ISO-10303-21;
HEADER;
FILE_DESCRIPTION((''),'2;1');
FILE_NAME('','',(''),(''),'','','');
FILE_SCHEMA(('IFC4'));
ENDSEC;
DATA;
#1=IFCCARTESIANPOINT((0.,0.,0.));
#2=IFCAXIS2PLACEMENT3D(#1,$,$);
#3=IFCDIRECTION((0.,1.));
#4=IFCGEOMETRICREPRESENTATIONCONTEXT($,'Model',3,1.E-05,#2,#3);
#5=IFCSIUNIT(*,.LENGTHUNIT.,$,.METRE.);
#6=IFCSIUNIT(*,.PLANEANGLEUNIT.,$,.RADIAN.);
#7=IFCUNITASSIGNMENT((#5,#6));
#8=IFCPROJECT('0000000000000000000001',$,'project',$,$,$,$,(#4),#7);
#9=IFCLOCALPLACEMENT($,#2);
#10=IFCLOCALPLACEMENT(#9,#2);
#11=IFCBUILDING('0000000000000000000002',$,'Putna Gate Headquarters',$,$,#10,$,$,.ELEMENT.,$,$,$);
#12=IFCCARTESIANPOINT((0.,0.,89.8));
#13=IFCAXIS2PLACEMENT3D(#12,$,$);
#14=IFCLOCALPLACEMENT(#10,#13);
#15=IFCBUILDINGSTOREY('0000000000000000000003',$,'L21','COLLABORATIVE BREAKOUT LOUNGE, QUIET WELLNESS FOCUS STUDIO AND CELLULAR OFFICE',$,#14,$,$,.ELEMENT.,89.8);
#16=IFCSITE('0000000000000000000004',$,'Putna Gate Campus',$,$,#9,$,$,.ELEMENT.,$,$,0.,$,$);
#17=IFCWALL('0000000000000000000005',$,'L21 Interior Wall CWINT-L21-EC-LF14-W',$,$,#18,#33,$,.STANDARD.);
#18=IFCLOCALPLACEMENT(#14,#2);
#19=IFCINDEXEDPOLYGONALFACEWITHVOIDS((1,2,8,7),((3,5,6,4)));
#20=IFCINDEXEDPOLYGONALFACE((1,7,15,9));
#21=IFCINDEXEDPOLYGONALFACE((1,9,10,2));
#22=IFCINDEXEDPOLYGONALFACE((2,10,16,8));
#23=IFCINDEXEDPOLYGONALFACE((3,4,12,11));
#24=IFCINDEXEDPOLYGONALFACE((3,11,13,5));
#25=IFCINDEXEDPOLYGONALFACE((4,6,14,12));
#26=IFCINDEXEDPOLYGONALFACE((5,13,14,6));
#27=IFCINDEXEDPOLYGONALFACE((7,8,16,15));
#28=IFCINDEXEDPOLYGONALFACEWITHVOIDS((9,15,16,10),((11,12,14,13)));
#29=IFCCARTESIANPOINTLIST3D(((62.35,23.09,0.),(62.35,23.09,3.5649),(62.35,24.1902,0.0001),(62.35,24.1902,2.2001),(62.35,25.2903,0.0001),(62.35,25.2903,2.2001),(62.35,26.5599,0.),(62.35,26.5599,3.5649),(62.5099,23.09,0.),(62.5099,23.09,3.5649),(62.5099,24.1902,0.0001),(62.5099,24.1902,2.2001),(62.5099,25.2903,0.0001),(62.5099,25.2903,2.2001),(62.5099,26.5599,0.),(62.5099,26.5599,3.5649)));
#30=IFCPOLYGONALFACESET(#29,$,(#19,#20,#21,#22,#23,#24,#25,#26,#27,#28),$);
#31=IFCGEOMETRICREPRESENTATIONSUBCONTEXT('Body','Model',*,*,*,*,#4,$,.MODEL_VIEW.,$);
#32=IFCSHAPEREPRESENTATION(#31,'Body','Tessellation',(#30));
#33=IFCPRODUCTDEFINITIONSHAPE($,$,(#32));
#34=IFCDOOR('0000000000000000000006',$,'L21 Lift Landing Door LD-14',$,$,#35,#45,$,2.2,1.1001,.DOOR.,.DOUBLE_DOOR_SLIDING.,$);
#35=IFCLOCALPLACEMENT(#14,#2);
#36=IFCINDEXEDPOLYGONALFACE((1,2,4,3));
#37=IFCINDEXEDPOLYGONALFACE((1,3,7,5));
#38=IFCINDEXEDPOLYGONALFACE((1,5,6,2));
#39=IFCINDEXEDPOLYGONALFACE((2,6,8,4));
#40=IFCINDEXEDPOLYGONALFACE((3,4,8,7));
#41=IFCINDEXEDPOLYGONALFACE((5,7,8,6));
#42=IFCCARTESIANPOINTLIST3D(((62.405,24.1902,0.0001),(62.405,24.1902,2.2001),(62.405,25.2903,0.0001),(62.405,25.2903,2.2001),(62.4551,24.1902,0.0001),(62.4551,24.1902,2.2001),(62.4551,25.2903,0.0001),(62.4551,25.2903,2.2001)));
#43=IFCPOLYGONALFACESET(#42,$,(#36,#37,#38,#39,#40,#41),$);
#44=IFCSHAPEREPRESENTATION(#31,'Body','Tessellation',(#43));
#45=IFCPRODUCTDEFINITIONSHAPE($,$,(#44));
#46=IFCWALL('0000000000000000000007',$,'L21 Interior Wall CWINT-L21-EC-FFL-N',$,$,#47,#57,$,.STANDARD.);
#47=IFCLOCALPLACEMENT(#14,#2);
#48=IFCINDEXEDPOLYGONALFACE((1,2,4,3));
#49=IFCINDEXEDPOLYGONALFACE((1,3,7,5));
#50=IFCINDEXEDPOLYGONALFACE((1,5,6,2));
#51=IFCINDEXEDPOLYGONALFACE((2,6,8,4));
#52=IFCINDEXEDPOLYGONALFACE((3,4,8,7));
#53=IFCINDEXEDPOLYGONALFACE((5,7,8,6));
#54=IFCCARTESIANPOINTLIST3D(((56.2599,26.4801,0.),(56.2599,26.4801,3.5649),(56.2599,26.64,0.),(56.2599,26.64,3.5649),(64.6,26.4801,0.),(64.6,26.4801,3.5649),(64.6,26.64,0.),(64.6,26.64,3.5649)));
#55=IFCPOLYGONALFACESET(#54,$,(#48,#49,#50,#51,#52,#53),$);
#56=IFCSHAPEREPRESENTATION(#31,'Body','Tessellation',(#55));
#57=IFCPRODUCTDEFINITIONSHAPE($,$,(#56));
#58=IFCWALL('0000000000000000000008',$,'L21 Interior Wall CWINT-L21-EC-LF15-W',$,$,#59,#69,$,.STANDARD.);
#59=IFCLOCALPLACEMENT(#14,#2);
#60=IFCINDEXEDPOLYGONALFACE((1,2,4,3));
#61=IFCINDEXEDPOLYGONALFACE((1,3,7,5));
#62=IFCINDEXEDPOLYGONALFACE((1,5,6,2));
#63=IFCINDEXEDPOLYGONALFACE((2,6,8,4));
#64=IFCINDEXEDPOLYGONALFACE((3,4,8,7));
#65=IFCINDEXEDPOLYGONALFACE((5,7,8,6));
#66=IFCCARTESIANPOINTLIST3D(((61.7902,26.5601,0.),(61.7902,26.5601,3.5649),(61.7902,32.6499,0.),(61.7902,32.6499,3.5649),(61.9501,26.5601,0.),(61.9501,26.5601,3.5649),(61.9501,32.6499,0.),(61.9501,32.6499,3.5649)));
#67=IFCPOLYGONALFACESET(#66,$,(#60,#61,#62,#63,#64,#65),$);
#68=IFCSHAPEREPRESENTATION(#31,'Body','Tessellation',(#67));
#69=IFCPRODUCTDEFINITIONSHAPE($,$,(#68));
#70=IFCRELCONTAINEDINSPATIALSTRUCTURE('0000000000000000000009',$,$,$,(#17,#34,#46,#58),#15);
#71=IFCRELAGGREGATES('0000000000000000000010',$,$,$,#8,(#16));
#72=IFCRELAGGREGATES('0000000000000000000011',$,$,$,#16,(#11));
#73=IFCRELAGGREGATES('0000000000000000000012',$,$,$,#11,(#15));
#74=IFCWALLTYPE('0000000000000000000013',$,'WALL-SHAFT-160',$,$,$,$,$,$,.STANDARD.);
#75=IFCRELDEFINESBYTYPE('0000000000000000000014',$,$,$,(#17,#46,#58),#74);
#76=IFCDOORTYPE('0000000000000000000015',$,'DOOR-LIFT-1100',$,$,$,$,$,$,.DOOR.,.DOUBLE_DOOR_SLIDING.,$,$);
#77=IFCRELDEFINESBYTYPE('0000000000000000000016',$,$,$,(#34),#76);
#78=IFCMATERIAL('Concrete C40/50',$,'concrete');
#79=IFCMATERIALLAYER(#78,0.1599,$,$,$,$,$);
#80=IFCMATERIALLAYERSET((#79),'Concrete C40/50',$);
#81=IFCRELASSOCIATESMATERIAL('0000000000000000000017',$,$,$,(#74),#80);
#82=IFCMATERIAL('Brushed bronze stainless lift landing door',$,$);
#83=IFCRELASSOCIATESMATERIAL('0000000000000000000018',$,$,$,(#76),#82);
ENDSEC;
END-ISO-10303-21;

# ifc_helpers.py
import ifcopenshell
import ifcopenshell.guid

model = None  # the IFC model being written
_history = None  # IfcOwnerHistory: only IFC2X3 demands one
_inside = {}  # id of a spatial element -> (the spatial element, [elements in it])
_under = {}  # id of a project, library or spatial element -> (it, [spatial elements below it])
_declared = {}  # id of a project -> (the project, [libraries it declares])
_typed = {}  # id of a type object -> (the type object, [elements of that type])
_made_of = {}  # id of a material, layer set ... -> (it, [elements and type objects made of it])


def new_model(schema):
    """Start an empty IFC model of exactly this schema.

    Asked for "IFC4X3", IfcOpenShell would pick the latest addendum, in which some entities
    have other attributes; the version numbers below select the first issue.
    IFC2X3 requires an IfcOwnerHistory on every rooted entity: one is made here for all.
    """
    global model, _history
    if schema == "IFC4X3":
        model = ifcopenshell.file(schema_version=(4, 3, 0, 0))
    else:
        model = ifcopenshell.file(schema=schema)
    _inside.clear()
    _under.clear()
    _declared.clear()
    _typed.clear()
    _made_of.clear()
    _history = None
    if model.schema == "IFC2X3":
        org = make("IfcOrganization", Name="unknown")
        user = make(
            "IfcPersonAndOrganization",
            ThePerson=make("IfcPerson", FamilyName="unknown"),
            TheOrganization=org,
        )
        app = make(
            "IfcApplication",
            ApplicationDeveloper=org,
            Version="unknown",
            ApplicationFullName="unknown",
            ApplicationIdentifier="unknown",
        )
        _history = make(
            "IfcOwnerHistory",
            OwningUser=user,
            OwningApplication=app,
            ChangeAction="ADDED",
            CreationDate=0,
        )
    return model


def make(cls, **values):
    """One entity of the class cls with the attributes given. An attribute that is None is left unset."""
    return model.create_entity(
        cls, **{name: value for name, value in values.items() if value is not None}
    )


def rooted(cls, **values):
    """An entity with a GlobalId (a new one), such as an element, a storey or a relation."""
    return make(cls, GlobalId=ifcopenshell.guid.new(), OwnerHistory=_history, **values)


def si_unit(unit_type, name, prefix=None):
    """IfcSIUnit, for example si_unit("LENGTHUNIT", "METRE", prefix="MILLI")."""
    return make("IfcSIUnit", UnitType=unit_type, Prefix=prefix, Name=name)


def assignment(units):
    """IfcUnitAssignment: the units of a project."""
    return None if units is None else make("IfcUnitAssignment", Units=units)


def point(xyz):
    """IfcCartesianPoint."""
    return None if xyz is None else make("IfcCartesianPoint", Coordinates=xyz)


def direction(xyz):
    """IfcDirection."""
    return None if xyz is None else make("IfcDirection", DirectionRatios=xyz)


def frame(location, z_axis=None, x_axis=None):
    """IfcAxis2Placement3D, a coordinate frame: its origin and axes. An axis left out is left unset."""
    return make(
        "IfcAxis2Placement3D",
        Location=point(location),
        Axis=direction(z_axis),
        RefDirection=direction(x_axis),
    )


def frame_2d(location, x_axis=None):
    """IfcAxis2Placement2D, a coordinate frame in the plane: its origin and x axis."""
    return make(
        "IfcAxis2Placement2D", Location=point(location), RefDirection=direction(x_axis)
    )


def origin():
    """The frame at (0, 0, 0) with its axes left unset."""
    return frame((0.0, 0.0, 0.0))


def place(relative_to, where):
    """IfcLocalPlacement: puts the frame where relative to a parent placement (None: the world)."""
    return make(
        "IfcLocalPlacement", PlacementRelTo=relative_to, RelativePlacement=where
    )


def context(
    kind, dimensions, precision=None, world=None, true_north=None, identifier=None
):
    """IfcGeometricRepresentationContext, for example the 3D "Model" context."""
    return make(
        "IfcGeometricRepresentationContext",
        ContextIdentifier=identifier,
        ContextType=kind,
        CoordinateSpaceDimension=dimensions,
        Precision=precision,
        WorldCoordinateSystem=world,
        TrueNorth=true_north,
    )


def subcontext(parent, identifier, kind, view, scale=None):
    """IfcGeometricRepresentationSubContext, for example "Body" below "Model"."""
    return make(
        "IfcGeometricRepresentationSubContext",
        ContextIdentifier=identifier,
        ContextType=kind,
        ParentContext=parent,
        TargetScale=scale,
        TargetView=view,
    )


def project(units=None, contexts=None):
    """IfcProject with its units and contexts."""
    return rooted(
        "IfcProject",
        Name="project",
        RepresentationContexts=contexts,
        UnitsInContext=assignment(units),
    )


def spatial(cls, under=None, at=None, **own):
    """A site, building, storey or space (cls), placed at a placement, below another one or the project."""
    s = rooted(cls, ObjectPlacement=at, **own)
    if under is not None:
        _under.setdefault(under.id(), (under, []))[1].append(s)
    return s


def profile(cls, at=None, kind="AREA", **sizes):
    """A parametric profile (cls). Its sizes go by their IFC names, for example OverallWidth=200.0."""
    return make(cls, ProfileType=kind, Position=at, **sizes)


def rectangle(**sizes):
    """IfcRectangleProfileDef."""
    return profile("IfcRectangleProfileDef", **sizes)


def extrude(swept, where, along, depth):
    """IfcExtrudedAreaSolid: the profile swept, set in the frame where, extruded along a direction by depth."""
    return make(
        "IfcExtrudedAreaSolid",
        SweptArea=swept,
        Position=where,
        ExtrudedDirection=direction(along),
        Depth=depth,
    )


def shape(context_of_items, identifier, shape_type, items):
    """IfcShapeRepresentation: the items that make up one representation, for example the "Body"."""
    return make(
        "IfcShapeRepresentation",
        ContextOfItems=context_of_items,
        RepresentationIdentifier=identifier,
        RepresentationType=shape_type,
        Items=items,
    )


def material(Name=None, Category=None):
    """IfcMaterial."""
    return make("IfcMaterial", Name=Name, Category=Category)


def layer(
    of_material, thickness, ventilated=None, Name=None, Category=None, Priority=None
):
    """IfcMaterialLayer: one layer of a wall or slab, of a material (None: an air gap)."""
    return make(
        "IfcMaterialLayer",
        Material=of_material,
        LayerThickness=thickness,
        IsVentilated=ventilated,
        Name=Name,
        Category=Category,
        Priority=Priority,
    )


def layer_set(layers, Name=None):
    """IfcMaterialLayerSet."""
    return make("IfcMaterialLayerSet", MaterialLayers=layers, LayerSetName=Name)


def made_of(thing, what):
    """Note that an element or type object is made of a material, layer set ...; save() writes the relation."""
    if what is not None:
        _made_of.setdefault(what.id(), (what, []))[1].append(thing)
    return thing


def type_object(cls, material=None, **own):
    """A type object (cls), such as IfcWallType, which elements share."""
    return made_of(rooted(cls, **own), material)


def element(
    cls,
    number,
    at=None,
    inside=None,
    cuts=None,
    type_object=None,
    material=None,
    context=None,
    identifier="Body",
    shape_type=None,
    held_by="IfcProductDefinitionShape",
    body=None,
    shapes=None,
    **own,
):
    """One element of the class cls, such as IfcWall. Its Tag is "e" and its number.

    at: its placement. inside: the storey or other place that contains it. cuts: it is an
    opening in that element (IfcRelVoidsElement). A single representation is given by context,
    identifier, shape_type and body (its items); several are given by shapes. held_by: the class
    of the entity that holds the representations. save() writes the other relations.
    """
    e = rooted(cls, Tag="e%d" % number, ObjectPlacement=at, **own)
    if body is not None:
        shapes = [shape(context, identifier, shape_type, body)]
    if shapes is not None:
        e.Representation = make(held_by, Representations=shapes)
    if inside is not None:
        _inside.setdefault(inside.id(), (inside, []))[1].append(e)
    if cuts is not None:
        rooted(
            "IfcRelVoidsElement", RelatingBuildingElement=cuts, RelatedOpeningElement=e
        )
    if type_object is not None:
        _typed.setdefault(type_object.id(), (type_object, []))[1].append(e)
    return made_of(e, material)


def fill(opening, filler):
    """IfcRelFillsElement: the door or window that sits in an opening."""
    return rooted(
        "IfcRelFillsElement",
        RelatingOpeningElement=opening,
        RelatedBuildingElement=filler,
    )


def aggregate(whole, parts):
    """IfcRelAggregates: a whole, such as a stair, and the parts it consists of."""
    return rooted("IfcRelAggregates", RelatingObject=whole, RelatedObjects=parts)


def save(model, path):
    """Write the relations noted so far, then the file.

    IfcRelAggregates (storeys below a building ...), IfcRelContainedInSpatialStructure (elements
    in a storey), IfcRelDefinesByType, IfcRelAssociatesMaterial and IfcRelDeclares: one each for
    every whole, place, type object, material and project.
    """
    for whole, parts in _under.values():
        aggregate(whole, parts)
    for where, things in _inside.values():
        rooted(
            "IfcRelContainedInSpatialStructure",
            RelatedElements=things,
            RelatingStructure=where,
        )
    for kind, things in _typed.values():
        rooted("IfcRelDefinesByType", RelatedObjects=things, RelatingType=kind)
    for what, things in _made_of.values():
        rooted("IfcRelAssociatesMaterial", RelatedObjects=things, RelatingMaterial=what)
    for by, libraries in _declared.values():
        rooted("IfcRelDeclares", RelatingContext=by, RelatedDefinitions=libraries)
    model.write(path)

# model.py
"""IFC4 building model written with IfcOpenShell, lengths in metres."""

from ifc_helpers import new_model, si_unit, direction, frame, frame_2d, origin, place, context, subcontext, project, spatial, rectangle, extrude, material, layer, layer_set, type_object, element, fill, save


model = new_model("IFC4")

# Units and contexts
model_context = context("Model", 3, precision=1e-05, world=origin(), true_north=direction((0.0, 1.0)))
body_context = subcontext(model_context, "Body", "Model", "MODEL_VIEW")
ifc_project = project(units=[si_unit("LENGTHUNIT", "METRE"), si_unit("PLANEANGLEUNIT", "RADIAN")], contexts=[model_context])

# Site, building, storey
site_placement = place(None, origin())
site = spatial("IfcSite", under=ifc_project, at=site_placement, Name="Putna Gate Campus", CompositionType="ELEMENT", RefElevation=0.0)
building_placement = place(site_placement, origin())
building = spatial("IfcBuilding", under=site, at=building_placement, Name="Putna Gate Headquarters", CompositionType="ELEMENT")
storey_placement = place(building_placement, frame((0.0, 0.0, 89.8)))
storey = spatial("IfcBuildingStorey", under=building, at=storey_placement, Name="L21", Description="COLLABORATIVE BREAKOUT LOUNGE, QUIET WELLNESS FOCUS STUDIO AND CELLULAR OFFICE", CompositionType="ELEMENT", Elevation=89.8)

# Wall, opening, door
ifc_material_1 = material(Name="Concrete C40/50", Category="concrete")
ifc_layer_1 = layer(ifc_material_1, 0.1599)
ifc_layer_set_1 = layer_set([ifc_layer_1], Name="Concrete C40/50")
wall_type_1 = type_object("IfcWallType", Name="WALL-SHAFT-160", PredefinedType="STANDARD", material=ifc_layer_set_1)
wall_1_placement = place(storey_placement, frame((62.4299, 23.0901, 0.0), z_axis=(0.0, 0.0, 1.0), x_axis=(0.0, 1.0, 0.0)))
wall_1 = element("IfcWall", 1, at=wall_1_placement, inside=storey, type_object=wall_type_1, Name="L21 Interior Wall CWINT-L21-EC-LF14-W", PredefinedType="STANDARD", context=body_context, shape_type="SweptSolid", body=[
    extrude(rectangle(XDim=3.47, YDim=0.1599, at=frame_2d((1.7349, 0.0))), origin(), (0.0, 0.0, 1.0), 3.5649),
])
opening_1_placement = place(wall_1_placement, frame((1.1001, 0.0, 0.0)))
opening_1 = element("IfcOpeningElement", 2, at=opening_1_placement, cuts=wall_1, PredefinedType="OPENING", context=body_context, shape_type="SweptSolid", body=[
    extrude(rectangle(XDim=1.1001, YDim=2.2, at=frame_2d((0.55, 1.1001))), frame((0.0, 0.0898, 0.0), z_axis=(0.0, -1.0, 0.0), x_axis=(1.0, 0.0, 0.0)), (0.0, 0.0, 1.0), 0.1799),
])
ifc_material_2 = material(Name="Brushed bronze stainless lift landing door")
door_type_1 = type_object("IfcDoorType", Name="DOOR-LIFT-1100", OperationType="DOUBLE_DOOR_SLIDING", PredefinedType="DOOR", material=ifc_material_2)
door_1_placement = place(opening_1_placement, origin())
door_1 = element("IfcDoor", 3, at=door_1_placement, inside=storey, type_object=door_type_1, Name="L21 Lift Landing Door LD-14", OperationType="DOUBLE_DOOR_SLIDING", OverallHeight=2.2, OverallWidth=1.1001, PredefinedType="DOOR", context=body_context, shape_type="SweptSolid", body=[
    extrude(rectangle(XDim=1.1001, YDim=2.2, at=frame_2d((0.55, 1.1001))), frame((0.0, 0.0249, 0.0), z_axis=(0.0, -1.0, 0.0), x_axis=(1.0, 0.0, 0.0)), (0.0, 0.0, 1.0), 0.05),
])
fill(opening_1, door_1)

# Walls
wall_2_placement = place(storey_placement, frame((56.26, 26.5601, 0.0), z_axis=(0.0, 0.0, 1.0), x_axis=(1.0, 0.0, 0.0)))
element("IfcWall", 4, at=wall_2_placement, inside=storey, type_object=wall_type_1, Name="L21 Interior Wall CWINT-L21-EC-FFL-N", PredefinedType="STANDARD", context=body_context, shape_type="SweptSolid", body=[
    extrude(rectangle(XDim=8.3401, YDim=0.1599, at=frame_2d((4.1699, 0.0))), origin(), (0.0, 0.0, 1.0), 3.5649),
])
wall_3_placement = place(storey_placement, frame((61.8701, 26.5601, 0.0), z_axis=(0.0, 0.0, 1.0), x_axis=(0.0, 1.0, 0.0)))
element("IfcWall", 5, at=wall_3_placement, inside=storey, type_object=wall_type_1, Name="L21 Interior Wall CWINT-L21-EC-LF15-W", PredefinedType="STANDARD", context=body_context, shape_type="SweptSolid", body=[
    extrude(rectangle(XDim=6.0898, YDim=0.1599, at=frame_2d((3.0449, 0.0))), origin(), (0.0, 0.0, 1.0), 3.5649),
])

save(model, "model.ifc")
